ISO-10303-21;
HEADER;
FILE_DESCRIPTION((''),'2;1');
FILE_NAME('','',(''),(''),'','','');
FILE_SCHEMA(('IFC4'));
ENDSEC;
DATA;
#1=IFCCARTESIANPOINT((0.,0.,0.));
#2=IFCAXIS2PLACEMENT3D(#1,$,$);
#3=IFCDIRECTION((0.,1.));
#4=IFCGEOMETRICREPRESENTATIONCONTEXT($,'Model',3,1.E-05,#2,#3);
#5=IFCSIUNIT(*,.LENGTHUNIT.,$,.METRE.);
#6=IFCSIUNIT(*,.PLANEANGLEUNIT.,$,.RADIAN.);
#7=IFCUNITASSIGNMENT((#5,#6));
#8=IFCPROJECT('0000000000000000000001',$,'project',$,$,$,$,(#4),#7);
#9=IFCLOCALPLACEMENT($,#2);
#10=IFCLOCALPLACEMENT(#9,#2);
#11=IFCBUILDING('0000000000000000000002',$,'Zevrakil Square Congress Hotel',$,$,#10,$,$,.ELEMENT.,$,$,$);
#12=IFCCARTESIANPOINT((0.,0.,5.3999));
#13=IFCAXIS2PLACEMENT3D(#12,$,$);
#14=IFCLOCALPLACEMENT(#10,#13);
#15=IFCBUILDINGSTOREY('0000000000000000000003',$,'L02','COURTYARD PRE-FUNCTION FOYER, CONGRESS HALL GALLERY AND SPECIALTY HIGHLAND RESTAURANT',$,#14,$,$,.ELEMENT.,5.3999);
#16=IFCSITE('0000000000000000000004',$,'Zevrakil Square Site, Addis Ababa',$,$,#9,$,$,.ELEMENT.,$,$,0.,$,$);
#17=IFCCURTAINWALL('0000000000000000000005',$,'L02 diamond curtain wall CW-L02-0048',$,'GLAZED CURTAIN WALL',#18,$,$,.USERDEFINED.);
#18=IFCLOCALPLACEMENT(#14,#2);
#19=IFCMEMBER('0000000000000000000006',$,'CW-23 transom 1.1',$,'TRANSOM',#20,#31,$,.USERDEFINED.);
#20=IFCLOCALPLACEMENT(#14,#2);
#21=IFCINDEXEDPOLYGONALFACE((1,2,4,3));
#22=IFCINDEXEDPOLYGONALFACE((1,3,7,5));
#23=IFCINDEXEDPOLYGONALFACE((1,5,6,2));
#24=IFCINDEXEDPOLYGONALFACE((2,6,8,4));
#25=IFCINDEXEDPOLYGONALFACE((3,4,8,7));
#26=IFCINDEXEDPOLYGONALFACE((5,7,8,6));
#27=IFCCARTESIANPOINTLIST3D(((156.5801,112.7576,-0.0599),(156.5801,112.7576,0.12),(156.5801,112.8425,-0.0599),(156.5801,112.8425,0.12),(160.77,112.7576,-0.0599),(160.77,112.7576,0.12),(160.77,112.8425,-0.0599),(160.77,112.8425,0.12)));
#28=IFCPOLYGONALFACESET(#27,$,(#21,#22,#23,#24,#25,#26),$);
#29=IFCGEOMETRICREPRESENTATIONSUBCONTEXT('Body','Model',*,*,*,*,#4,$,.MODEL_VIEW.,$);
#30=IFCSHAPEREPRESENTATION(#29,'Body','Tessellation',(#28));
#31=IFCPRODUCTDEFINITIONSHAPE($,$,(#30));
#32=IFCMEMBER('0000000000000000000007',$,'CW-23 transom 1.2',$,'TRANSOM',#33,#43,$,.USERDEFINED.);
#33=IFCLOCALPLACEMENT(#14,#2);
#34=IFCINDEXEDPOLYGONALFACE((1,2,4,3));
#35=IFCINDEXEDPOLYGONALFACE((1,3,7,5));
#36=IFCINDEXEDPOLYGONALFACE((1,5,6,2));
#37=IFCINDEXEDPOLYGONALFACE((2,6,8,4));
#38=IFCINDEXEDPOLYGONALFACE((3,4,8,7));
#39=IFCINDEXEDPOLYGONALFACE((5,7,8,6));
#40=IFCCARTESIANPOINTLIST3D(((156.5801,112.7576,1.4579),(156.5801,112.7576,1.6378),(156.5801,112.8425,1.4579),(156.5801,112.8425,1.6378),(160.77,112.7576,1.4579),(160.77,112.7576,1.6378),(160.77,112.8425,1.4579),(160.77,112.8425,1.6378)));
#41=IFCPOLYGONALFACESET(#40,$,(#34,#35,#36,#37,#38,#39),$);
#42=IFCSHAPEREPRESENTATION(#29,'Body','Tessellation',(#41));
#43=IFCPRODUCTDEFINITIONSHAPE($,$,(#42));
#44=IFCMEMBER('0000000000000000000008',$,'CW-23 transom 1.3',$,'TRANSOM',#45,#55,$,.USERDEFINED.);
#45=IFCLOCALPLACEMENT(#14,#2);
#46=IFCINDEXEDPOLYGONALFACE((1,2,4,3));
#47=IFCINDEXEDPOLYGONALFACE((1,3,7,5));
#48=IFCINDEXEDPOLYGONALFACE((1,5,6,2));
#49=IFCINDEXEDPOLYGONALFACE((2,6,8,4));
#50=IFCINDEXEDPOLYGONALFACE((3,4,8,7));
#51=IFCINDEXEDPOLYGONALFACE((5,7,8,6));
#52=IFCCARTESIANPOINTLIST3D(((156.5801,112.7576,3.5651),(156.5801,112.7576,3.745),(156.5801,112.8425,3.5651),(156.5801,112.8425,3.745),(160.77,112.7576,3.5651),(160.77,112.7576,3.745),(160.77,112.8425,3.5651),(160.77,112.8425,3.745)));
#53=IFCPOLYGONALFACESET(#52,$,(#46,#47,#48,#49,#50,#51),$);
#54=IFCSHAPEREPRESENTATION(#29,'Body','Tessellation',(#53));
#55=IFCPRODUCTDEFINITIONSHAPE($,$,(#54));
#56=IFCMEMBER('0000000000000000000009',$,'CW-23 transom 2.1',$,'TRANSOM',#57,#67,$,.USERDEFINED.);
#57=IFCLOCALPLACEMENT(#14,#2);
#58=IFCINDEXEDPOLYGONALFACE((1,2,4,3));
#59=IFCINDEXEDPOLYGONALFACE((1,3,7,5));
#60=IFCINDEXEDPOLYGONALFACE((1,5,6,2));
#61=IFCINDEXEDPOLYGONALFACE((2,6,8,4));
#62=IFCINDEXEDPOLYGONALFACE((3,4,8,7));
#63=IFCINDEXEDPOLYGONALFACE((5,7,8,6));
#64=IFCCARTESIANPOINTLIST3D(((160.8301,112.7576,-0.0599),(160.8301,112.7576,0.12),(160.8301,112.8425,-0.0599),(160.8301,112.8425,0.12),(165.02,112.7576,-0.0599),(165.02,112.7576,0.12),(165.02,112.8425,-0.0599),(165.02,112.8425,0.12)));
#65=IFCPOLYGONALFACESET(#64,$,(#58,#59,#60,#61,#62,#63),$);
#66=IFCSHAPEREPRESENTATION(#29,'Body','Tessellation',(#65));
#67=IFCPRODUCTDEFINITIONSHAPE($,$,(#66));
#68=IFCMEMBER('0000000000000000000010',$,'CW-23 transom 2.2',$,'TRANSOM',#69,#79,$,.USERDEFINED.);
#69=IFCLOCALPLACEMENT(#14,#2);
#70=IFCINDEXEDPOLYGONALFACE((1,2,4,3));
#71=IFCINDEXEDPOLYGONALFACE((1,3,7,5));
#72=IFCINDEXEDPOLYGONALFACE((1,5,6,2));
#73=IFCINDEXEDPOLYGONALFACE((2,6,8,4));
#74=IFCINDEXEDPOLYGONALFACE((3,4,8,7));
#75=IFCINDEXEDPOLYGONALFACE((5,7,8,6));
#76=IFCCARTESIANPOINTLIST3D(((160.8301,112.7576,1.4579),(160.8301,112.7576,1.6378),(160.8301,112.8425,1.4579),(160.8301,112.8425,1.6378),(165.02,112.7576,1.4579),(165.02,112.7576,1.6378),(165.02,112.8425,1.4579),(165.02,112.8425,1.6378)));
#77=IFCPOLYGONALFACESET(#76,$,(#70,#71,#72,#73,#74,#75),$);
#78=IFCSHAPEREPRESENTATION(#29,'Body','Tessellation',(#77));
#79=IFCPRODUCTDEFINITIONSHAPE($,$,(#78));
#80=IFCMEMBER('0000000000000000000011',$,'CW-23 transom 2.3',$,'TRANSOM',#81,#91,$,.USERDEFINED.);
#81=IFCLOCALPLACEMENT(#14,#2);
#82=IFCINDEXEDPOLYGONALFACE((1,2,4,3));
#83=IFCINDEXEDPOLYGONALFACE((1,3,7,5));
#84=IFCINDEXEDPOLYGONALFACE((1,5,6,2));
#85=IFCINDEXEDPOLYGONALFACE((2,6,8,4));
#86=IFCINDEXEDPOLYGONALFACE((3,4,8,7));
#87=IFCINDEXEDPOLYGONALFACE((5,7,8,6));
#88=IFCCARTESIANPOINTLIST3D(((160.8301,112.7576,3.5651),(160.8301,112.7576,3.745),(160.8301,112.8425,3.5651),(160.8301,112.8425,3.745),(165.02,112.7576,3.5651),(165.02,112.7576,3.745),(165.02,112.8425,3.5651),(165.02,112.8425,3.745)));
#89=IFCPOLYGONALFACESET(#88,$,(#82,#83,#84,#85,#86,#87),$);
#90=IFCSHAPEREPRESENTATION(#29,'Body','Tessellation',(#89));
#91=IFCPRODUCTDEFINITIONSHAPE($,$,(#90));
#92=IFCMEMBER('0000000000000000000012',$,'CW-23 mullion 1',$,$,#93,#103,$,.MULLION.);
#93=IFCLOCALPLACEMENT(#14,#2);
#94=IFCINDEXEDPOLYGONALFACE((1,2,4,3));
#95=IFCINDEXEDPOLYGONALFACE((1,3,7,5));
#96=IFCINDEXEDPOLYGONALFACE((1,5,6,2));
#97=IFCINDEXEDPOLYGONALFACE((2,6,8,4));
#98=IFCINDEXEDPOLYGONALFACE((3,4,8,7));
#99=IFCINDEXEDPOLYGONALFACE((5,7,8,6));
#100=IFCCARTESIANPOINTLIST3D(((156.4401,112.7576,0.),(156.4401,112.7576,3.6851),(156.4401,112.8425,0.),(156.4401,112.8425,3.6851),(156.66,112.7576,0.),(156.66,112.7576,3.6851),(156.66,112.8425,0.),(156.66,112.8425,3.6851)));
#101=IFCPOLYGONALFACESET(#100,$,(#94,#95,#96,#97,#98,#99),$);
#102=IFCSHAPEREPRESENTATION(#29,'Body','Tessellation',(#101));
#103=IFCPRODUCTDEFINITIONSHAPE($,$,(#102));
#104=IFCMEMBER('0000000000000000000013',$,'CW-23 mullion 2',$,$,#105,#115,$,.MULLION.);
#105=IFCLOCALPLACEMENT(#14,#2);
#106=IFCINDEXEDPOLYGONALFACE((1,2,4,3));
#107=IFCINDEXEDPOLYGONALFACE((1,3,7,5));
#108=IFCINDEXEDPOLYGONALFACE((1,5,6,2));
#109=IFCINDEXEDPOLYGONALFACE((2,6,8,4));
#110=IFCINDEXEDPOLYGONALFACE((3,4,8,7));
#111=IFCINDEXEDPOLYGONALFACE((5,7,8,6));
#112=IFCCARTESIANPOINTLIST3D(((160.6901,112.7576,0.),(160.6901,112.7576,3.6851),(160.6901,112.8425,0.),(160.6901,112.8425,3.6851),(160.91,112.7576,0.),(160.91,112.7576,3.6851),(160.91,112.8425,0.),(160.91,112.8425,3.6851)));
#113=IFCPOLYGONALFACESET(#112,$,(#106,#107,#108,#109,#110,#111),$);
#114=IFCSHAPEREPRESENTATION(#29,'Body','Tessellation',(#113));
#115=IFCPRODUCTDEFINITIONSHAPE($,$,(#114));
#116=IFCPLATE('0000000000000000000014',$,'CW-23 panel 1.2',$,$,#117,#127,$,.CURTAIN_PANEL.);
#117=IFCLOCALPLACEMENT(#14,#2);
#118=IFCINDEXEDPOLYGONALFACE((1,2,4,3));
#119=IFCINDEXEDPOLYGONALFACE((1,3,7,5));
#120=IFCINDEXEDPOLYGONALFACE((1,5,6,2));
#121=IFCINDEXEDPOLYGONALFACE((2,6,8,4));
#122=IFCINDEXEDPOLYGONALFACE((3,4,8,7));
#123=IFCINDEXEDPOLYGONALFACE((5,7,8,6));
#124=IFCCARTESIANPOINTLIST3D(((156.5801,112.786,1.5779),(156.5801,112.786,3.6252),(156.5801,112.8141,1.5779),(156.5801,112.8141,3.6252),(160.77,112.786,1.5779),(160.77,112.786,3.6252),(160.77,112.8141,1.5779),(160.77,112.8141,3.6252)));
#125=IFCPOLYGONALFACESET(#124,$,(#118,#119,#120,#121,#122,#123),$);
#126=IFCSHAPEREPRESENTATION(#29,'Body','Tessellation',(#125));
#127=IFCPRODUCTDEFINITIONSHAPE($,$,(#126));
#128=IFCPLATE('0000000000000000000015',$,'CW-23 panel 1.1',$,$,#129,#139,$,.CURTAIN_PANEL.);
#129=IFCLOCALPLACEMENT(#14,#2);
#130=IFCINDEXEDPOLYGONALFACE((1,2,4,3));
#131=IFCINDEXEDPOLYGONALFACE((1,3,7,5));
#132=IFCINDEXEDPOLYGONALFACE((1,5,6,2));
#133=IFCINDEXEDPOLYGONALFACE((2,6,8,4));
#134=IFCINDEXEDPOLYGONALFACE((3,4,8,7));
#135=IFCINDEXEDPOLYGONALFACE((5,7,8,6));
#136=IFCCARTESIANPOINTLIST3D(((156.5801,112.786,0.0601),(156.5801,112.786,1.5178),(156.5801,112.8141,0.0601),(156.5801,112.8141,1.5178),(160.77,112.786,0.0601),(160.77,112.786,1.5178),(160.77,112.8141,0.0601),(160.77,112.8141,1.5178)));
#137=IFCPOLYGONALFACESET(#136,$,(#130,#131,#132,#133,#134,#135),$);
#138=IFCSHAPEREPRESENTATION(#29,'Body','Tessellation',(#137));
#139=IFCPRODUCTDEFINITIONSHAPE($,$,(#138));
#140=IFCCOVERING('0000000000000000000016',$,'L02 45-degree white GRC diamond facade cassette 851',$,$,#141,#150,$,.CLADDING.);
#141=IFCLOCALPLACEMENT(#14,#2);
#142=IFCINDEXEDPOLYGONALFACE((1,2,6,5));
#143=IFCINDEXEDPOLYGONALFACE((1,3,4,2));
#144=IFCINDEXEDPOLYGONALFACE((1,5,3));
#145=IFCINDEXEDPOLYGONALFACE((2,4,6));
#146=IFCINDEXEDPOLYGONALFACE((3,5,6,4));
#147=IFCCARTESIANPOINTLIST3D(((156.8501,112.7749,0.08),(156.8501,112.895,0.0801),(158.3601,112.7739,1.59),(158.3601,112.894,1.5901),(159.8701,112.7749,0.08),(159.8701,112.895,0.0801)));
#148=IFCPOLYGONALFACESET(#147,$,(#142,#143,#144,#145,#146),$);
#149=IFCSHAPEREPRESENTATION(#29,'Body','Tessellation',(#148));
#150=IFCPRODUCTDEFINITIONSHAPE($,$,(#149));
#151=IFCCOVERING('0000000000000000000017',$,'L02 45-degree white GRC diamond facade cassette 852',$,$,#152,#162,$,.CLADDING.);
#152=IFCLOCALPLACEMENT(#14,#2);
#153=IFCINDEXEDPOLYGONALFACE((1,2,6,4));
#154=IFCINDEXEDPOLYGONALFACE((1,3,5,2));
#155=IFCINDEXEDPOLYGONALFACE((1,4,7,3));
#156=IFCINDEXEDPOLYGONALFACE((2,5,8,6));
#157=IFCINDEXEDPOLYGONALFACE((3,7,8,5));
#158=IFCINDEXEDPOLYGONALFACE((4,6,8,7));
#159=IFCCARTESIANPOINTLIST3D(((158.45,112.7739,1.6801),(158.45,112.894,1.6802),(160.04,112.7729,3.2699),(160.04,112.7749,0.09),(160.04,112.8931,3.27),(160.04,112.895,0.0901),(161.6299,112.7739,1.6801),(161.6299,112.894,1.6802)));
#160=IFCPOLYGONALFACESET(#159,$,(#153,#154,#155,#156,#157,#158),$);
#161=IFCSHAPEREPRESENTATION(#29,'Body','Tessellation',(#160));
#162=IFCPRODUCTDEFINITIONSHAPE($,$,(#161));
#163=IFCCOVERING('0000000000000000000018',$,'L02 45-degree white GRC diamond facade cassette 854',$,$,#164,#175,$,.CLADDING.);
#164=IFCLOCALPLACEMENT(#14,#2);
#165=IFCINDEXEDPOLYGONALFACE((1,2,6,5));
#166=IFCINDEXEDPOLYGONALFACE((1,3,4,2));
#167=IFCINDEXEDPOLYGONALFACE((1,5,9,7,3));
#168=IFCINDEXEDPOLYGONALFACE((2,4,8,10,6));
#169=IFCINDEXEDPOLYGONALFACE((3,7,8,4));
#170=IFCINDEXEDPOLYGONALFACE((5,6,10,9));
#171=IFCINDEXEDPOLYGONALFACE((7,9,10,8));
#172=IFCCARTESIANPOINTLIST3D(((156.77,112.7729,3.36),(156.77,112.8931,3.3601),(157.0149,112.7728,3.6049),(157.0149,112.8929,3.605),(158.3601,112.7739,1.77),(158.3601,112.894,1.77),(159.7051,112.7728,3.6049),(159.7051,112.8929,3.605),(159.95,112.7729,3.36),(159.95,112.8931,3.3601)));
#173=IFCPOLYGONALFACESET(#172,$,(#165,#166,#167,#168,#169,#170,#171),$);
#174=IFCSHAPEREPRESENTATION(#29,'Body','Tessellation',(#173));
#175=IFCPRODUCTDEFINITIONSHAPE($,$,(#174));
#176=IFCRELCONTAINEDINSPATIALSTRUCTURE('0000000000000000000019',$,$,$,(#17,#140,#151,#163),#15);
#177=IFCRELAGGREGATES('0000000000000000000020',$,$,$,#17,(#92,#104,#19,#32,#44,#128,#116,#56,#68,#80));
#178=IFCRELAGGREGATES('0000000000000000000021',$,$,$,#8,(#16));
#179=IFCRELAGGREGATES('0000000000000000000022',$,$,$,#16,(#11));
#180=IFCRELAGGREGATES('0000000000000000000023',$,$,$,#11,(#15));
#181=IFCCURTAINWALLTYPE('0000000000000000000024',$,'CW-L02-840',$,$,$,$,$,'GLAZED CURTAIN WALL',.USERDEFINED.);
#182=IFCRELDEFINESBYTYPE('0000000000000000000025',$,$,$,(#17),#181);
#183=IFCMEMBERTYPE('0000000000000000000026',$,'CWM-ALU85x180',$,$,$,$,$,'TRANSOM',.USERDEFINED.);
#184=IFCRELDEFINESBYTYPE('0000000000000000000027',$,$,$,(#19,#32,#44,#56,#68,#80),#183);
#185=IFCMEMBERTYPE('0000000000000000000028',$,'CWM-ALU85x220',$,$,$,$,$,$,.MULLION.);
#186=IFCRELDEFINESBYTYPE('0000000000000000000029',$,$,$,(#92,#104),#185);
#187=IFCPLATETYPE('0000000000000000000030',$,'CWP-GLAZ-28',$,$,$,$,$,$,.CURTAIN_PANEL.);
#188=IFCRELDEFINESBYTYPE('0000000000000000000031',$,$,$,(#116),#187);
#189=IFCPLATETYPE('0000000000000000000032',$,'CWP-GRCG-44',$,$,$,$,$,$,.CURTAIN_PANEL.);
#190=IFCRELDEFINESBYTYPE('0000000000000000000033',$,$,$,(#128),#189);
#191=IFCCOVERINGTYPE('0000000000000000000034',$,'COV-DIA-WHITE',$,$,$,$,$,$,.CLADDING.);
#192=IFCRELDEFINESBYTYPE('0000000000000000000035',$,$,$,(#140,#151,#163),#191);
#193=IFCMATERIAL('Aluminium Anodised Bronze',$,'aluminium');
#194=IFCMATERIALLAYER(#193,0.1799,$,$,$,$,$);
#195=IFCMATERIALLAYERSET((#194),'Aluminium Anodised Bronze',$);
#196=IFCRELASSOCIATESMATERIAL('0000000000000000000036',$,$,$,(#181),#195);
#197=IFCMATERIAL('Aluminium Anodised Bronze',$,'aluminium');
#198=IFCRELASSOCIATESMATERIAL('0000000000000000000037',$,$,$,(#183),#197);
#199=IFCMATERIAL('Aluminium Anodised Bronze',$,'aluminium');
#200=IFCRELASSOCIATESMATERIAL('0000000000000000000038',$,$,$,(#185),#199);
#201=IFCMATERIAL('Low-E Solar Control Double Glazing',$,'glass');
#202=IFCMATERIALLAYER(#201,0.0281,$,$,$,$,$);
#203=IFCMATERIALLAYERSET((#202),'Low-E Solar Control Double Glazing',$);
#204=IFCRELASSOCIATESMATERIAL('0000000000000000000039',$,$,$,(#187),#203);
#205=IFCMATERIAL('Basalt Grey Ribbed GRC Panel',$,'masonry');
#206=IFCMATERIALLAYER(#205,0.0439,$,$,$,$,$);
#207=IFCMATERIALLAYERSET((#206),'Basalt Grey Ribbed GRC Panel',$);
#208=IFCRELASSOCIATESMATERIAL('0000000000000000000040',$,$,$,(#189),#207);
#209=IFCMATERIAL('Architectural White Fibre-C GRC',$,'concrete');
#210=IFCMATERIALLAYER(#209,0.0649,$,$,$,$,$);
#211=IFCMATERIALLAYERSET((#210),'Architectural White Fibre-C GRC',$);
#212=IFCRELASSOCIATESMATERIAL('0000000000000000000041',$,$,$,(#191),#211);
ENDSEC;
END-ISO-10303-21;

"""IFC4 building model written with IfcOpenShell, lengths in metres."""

from ifc_helpers import new_model, si_unit, direction, frame, origin, origin_2d, place, context, subcontext, project, spatial, polyline, rectangle, outline, extrude, material, layer, layer_set, material_profile, profile_set, type_object, element, aggregate, save


model = new_model("IFC4")

# Units and contexts
model_context = context("Model", 3, precision=1e-05, world=origin(), true_north=direction((0.0, 1.0)))
body_context = subcontext(model_context, "Body", "Model", "MODEL_VIEW")
ifc_project = project(units=[si_unit("LENGTHUNIT", "METRE"), si_unit("PLANEANGLEUNIT", "RADIAN")], contexts=[model_context])

# Site, building, storey
site_placement = place(None, origin())
site = spatial("IfcSite", under=ifc_project, at=site_placement, Name="Zevrakil Square Site, Addis Ababa", CompositionType="ELEMENT", RefElevation=0.0)
building_placement = place(site_placement, origin())
building = spatial("IfcBuilding", under=site, at=building_placement, Name="Zevrakil Square Congress Hotel", CompositionType="ELEMENT")
storey_placement = place(building_placement, frame((0.0, 0.0, 5.3999)))
storey = spatial("IfcBuildingStorey", under=building, at=storey_placement, Name="L02", Description="COURTYARD PRE-FUNCTION FOYER, CONGRESS HALL GALLERY AND SPECIALTY HIGHLAND RESTAURANT", CompositionType="ELEMENT", Elevation=5.3999)

# Curtain wall, members, plates
ifc_material_1 = material(Name="Aluminium Anodised Bronze", Category="aluminium")
ifc_layer_1 = layer(ifc_material_1, 0.1799)
ifc_layer_set_1 = layer_set([ifc_layer_1], Name="Aluminium Anodised Bronze")
curtain_wall_type = type_object("IfcCurtainWallType", Name="CW-L02-840", ElementType="GLAZED CURTAIN WALL", PredefinedType="USERDEFINED", material=ifc_layer_set_1)
curtain_wall_placement = place(storey_placement, origin())
curtain_wall = element("IfcCurtainWall", 1, at=curtain_wall_placement, inside=storey, type_object=curtain_wall_type, Name="L02 diamond curtain wall CW-L02-0048", ObjectType="GLAZED CURTAIN WALL", PredefinedType="USERDEFINED")
ifc_material_2 = material(Name="Aluminium Anodised Bronze", Category="aluminium")
ifc_material_profile_1 = material_profile(ifc_material_2, rectangle(XDim=0.085, YDim=0.1799, at=origin_2d()), Name="ALU 85x180")
ifc_profile_set_1 = profile_set([ifc_material_profile_1], Name="Aluminium Anodised Bronze")
member_type_1 = type_object("IfcMemberType", Name="CWM-ALU85x180", ElementType="TRANSOM", PredefinedType="USERDEFINED", material=ifc_profile_set_1)
member_1_placement = place(storey_placement, frame((156.5801, 112.8, 0.03), z_axis=(1.0, 0.0, 0.0), x_axis=(0.0, 1.0, 0.0)))
member_1 = element("IfcMember", 2, at=member_1_placement, type_object=member_type_1, Name="CW-23 transom 1.1", ObjectType="TRANSOM", PredefinedType="USERDEFINED", context=body_context, shape_type="SweptSolid", body=[
    extrude(rectangle(XDim=0.085, YDim=0.1799, at=origin_2d()), origin(), (0.0, 0.0, 1.0), 4.1899),
])
member_2_placement = place(storey_placement, frame((156.5801, 112.8, 1.5479), z_axis=(1.0, 0.0, 0.0), x_axis=(0.0, 1.0, 0.0)))
member_2 = element("IfcMember", 3, at=member_2_placement, type_object=member_type_1, Name="CW-23 transom 1.2", ObjectType="TRANSOM", PredefinedType="USERDEFINED", context=body_context, shape_type="SweptSolid", body=[
    extrude(rectangle(XDim=0.085, YDim=0.1799, at=origin_2d()), origin(), (0.0, 0.0, 1.0), 4.1899),
])
member_3_placement = place(storey_placement, frame((156.5801, 112.8, 3.655), z_axis=(1.0, 0.0, 0.0), x_axis=(0.0, 1.0, 0.0)))
member_3 = element("IfcMember", 4, at=member_3_placement, type_object=member_type_1, Name="CW-23 transom 1.3", ObjectType="TRANSOM", PredefinedType="USERDEFINED", context=body_context, shape_type="SweptSolid", body=[
    extrude(rectangle(XDim=0.085, YDim=0.1799, at=origin_2d()), origin(), (0.0, 0.0, 1.0), 4.1899),
])
member_4_placement = place(storey_placement, frame((160.8301, 112.8, 0.03), z_axis=(1.0, 0.0, 0.0), x_axis=(0.0, 1.0, 0.0)))
member_4 = element("IfcMember", 5, at=member_4_placement, type_object=member_type_1, Name="CW-23 transom 2.1", ObjectType="TRANSOM", PredefinedType="USERDEFINED", context=body_context, shape_type="SweptSolid", body=[
    extrude(rectangle(XDim=0.085, YDim=0.1799, at=origin_2d()), origin(), (0.0, 0.0, 1.0), 4.1899),
])
member_5_placement = place(storey_placement, frame((160.8301, 112.8, 1.5479), z_axis=(1.0, 0.0, 0.0), x_axis=(0.0, 1.0, 0.0)))
member_5 = element("IfcMember", 6, at=member_5_placement, type_object=member_type_1, Name="CW-23 transom 2.2", ObjectType="TRANSOM", PredefinedType="USERDEFINED", context=body_context, shape_type="SweptSolid", body=[
    extrude(rectangle(XDim=0.085, YDim=0.1799, at=origin_2d()), origin(), (0.0, 0.0, 1.0), 4.1899),
])
member_6_placement = place(storey_placement, frame((160.8301, 112.8, 3.655), z_axis=(1.0, 0.0, 0.0), x_axis=(0.0, 1.0, 0.0)))
member_6 = element("IfcMember", 7, at=member_6_placement, type_object=member_type_1, Name="CW-23 transom 2.3", ObjectType="TRANSOM", PredefinedType="USERDEFINED", context=body_context, shape_type="SweptSolid", body=[
    extrude(rectangle(XDim=0.085, YDim=0.1799, at=origin_2d()), origin(), (0.0, 0.0, 1.0), 4.1899),
])
ifc_material_3 = material(Name="Aluminium Anodised Bronze", Category="aluminium")
ifc_material_profile_2 = material_profile(ifc_material_3, rectangle(XDim=0.085, YDim=0.22, at=origin_2d()), Name="ALU 85x220")
ifc_profile_set_2 = profile_set([ifc_material_profile_2], Name="Aluminium Anodised Bronze")
member_type_2 = type_object("IfcMemberType", Name="CWM-ALU85x220", PredefinedType="MULLION", material=ifc_profile_set_2)
member_7_placement = place(storey_placement, frame((156.55, 112.8, 0.0), z_axis=(0.0, 0.0, 1.0), x_axis=(0.0, 1.0, 0.0)))
member_7 = element("IfcMember", 8, at=member_7_placement, type_object=member_type_2, Name="CW-23 mullion 1", PredefinedType="MULLION", context=body_context, shape_type="SweptSolid", body=[
    extrude(rectangle(XDim=0.085, YDim=0.22, at=origin_2d()), origin(), (0.0, 0.0, 1.0), 3.6851),
])
member_8_placement = place(storey_placement, frame((160.8, 112.8, 0.0), z_axis=(0.0, 0.0, 1.0), x_axis=(0.0, 1.0, 0.0)))
member_8 = element("IfcMember", 9, at=member_8_placement, type_object=member_type_2, Name="CW-23 mullion 2", PredefinedType="MULLION", context=body_context, shape_type="SweptSolid", body=[
    extrude(rectangle(XDim=0.085, YDim=0.22, at=origin_2d()), origin(), (0.0, 0.0, 1.0), 3.6851),
])
ifc_material_4 = material(Name="Low-E Solar Control Double Glazing", Category="glass")
ifc_layer_2 = layer(ifc_material_4, 0.0281)
ifc_layer_set_2 = layer_set([ifc_layer_2], Name="Low-E Solar Control Double Glazing")
plate_type_1 = type_object("IfcPlateType", Name="CWP-GLAZ-28", PredefinedType="CURTAIN_PANEL", material=ifc_layer_set_2)
plate_1_placement = place(storey_placement, frame((158.675, 112.8, 1.5779), z_axis=(0.0, 0.0, 1.0), x_axis=(1.0, 0.0, 0.0)))
plate_1 = element("IfcPlate", 10, at=plate_1_placement, type_object=plate_type_1, Name="CW-23 panel 1.2", PredefinedType="CURTAIN_PANEL", context=body_context, shape_type="SweptSolid", body=[
    extrude(rectangle(XDim=4.1899, YDim=0.0281, at=origin_2d()), origin(), (0.0, 0.0, 1.0), 2.0474),
])
ifc_material_5 = material(Name="Basalt Grey Ribbed GRC Panel", Category="masonry")
ifc_layer_3 = layer(ifc_material_5, 0.0439)
ifc_layer_set_3 = layer_set([ifc_layer_3], Name="Basalt Grey Ribbed GRC Panel")
plate_type_2 = type_object("IfcPlateType", Name="CWP-GRCG-44", PredefinedType="CURTAIN_PANEL", material=ifc_layer_set_3)
plate_2_placement = place(storey_placement, frame((158.675, 112.8, 0.0601), z_axis=(0.0, 0.0, 1.0), x_axis=(1.0, 0.0, 0.0)))
plate_2 = element("IfcPlate", 11, at=plate_2_placement, type_object=plate_type_2, Name="CW-23 panel 1.1", PredefinedType="CURTAIN_PANEL", context=body_context, shape_type="SweptSolid", body=[
    extrude(rectangle(XDim=4.1899, YDim=0.0281, at=origin_2d()), origin(), (0.0, 0.0, 1.0), 1.4578),
])
aggregate(curtain_wall, [member_7, member_8, member_1, member_2, member_3, plate_2, plate_1, member_4, member_5, member_6])

# Coverings
ifc_material_6 = material(Name="Architectural White Fibre-C GRC", Category="concrete")
ifc_layer_4 = layer(ifc_material_6, 0.0649)
ifc_layer_set_4 = layer_set([ifc_layer_4], Name="Architectural White Fibre-C GRC")
covering_type_1 = type_object("IfcCoveringType", Name="COV-DIA-WHITE", PredefinedType="CLADDING", material=ifc_layer_set_4)
covering_1_placement = place(storey_placement, frame((158.3601, 112.894, 1.5901), z_axis=(0.0, 1.0, 0.000647), x_axis=(-0.707107, 0.000457, -0.707107)))
element("IfcCovering", 12, at=covering_1_placement, inside=storey, type_object=covering_type_1, Name="L02 45-degree white GRC diamond facade cassette 851", PredefinedType="CLADDING", context=body_context, shape_type="SweptSolid", body=[
    extrude(outline(polyline([(0.0, 0.0), (2.1355, 0.0), (0.0, -2.1355), (0.0, 0.0)])), origin(), (0.0, 0.0, -1.0), 0.1201),
])
covering_2_placement = place(storey_placement, frame((160.04, 112.8931, 3.27), z_axis=(0.0, 1.0, 0.000614), x_axis=(-0.707161, 0.000434, -0.707052)))
element("IfcCovering", 13, at=covering_2_placement, inside=storey, type_object=covering_type_1, Name="L02 45-degree white GRC diamond facade cassette 852", PredefinedType="CLADDING", context=body_context, shape_type="SweptSolid", body=[
    extrude(outline(polyline([(0.0, 0.0), (2.2486, 0.0), (2.2484, -2.2487), (-0.0002, -2.2484), (0.0, 0.0)])), origin(), (0.0, 0.0, -1.0), 0.1201),
])
covering_3_placement = place(storey_placement, frame((156.77, 112.8931, 3.3601), z_axis=(0.0, 1.0, 0.000579), x_axis=(0.707107, 0.00041, -0.707107)))
element("IfcCovering", 14, at=covering_3_placement, inside=storey, type_object=covering_type_1, Name="L02 45-degree white GRC diamond facade cassette 854", PredefinedType="CLADDING", context=body_context, shape_type="SweptSolid", body=[
    extrude(outline(polyline([(0.0, 0.0), (2.2487, 0.0), (2.2486, -2.2486), (1.9022, -2.2486), (0.0, -0.3463), (0.0, 0.0)])), origin(), (0.0, 0.0, -1.0), 0.1201),
])

save(model, "model.ifc")
